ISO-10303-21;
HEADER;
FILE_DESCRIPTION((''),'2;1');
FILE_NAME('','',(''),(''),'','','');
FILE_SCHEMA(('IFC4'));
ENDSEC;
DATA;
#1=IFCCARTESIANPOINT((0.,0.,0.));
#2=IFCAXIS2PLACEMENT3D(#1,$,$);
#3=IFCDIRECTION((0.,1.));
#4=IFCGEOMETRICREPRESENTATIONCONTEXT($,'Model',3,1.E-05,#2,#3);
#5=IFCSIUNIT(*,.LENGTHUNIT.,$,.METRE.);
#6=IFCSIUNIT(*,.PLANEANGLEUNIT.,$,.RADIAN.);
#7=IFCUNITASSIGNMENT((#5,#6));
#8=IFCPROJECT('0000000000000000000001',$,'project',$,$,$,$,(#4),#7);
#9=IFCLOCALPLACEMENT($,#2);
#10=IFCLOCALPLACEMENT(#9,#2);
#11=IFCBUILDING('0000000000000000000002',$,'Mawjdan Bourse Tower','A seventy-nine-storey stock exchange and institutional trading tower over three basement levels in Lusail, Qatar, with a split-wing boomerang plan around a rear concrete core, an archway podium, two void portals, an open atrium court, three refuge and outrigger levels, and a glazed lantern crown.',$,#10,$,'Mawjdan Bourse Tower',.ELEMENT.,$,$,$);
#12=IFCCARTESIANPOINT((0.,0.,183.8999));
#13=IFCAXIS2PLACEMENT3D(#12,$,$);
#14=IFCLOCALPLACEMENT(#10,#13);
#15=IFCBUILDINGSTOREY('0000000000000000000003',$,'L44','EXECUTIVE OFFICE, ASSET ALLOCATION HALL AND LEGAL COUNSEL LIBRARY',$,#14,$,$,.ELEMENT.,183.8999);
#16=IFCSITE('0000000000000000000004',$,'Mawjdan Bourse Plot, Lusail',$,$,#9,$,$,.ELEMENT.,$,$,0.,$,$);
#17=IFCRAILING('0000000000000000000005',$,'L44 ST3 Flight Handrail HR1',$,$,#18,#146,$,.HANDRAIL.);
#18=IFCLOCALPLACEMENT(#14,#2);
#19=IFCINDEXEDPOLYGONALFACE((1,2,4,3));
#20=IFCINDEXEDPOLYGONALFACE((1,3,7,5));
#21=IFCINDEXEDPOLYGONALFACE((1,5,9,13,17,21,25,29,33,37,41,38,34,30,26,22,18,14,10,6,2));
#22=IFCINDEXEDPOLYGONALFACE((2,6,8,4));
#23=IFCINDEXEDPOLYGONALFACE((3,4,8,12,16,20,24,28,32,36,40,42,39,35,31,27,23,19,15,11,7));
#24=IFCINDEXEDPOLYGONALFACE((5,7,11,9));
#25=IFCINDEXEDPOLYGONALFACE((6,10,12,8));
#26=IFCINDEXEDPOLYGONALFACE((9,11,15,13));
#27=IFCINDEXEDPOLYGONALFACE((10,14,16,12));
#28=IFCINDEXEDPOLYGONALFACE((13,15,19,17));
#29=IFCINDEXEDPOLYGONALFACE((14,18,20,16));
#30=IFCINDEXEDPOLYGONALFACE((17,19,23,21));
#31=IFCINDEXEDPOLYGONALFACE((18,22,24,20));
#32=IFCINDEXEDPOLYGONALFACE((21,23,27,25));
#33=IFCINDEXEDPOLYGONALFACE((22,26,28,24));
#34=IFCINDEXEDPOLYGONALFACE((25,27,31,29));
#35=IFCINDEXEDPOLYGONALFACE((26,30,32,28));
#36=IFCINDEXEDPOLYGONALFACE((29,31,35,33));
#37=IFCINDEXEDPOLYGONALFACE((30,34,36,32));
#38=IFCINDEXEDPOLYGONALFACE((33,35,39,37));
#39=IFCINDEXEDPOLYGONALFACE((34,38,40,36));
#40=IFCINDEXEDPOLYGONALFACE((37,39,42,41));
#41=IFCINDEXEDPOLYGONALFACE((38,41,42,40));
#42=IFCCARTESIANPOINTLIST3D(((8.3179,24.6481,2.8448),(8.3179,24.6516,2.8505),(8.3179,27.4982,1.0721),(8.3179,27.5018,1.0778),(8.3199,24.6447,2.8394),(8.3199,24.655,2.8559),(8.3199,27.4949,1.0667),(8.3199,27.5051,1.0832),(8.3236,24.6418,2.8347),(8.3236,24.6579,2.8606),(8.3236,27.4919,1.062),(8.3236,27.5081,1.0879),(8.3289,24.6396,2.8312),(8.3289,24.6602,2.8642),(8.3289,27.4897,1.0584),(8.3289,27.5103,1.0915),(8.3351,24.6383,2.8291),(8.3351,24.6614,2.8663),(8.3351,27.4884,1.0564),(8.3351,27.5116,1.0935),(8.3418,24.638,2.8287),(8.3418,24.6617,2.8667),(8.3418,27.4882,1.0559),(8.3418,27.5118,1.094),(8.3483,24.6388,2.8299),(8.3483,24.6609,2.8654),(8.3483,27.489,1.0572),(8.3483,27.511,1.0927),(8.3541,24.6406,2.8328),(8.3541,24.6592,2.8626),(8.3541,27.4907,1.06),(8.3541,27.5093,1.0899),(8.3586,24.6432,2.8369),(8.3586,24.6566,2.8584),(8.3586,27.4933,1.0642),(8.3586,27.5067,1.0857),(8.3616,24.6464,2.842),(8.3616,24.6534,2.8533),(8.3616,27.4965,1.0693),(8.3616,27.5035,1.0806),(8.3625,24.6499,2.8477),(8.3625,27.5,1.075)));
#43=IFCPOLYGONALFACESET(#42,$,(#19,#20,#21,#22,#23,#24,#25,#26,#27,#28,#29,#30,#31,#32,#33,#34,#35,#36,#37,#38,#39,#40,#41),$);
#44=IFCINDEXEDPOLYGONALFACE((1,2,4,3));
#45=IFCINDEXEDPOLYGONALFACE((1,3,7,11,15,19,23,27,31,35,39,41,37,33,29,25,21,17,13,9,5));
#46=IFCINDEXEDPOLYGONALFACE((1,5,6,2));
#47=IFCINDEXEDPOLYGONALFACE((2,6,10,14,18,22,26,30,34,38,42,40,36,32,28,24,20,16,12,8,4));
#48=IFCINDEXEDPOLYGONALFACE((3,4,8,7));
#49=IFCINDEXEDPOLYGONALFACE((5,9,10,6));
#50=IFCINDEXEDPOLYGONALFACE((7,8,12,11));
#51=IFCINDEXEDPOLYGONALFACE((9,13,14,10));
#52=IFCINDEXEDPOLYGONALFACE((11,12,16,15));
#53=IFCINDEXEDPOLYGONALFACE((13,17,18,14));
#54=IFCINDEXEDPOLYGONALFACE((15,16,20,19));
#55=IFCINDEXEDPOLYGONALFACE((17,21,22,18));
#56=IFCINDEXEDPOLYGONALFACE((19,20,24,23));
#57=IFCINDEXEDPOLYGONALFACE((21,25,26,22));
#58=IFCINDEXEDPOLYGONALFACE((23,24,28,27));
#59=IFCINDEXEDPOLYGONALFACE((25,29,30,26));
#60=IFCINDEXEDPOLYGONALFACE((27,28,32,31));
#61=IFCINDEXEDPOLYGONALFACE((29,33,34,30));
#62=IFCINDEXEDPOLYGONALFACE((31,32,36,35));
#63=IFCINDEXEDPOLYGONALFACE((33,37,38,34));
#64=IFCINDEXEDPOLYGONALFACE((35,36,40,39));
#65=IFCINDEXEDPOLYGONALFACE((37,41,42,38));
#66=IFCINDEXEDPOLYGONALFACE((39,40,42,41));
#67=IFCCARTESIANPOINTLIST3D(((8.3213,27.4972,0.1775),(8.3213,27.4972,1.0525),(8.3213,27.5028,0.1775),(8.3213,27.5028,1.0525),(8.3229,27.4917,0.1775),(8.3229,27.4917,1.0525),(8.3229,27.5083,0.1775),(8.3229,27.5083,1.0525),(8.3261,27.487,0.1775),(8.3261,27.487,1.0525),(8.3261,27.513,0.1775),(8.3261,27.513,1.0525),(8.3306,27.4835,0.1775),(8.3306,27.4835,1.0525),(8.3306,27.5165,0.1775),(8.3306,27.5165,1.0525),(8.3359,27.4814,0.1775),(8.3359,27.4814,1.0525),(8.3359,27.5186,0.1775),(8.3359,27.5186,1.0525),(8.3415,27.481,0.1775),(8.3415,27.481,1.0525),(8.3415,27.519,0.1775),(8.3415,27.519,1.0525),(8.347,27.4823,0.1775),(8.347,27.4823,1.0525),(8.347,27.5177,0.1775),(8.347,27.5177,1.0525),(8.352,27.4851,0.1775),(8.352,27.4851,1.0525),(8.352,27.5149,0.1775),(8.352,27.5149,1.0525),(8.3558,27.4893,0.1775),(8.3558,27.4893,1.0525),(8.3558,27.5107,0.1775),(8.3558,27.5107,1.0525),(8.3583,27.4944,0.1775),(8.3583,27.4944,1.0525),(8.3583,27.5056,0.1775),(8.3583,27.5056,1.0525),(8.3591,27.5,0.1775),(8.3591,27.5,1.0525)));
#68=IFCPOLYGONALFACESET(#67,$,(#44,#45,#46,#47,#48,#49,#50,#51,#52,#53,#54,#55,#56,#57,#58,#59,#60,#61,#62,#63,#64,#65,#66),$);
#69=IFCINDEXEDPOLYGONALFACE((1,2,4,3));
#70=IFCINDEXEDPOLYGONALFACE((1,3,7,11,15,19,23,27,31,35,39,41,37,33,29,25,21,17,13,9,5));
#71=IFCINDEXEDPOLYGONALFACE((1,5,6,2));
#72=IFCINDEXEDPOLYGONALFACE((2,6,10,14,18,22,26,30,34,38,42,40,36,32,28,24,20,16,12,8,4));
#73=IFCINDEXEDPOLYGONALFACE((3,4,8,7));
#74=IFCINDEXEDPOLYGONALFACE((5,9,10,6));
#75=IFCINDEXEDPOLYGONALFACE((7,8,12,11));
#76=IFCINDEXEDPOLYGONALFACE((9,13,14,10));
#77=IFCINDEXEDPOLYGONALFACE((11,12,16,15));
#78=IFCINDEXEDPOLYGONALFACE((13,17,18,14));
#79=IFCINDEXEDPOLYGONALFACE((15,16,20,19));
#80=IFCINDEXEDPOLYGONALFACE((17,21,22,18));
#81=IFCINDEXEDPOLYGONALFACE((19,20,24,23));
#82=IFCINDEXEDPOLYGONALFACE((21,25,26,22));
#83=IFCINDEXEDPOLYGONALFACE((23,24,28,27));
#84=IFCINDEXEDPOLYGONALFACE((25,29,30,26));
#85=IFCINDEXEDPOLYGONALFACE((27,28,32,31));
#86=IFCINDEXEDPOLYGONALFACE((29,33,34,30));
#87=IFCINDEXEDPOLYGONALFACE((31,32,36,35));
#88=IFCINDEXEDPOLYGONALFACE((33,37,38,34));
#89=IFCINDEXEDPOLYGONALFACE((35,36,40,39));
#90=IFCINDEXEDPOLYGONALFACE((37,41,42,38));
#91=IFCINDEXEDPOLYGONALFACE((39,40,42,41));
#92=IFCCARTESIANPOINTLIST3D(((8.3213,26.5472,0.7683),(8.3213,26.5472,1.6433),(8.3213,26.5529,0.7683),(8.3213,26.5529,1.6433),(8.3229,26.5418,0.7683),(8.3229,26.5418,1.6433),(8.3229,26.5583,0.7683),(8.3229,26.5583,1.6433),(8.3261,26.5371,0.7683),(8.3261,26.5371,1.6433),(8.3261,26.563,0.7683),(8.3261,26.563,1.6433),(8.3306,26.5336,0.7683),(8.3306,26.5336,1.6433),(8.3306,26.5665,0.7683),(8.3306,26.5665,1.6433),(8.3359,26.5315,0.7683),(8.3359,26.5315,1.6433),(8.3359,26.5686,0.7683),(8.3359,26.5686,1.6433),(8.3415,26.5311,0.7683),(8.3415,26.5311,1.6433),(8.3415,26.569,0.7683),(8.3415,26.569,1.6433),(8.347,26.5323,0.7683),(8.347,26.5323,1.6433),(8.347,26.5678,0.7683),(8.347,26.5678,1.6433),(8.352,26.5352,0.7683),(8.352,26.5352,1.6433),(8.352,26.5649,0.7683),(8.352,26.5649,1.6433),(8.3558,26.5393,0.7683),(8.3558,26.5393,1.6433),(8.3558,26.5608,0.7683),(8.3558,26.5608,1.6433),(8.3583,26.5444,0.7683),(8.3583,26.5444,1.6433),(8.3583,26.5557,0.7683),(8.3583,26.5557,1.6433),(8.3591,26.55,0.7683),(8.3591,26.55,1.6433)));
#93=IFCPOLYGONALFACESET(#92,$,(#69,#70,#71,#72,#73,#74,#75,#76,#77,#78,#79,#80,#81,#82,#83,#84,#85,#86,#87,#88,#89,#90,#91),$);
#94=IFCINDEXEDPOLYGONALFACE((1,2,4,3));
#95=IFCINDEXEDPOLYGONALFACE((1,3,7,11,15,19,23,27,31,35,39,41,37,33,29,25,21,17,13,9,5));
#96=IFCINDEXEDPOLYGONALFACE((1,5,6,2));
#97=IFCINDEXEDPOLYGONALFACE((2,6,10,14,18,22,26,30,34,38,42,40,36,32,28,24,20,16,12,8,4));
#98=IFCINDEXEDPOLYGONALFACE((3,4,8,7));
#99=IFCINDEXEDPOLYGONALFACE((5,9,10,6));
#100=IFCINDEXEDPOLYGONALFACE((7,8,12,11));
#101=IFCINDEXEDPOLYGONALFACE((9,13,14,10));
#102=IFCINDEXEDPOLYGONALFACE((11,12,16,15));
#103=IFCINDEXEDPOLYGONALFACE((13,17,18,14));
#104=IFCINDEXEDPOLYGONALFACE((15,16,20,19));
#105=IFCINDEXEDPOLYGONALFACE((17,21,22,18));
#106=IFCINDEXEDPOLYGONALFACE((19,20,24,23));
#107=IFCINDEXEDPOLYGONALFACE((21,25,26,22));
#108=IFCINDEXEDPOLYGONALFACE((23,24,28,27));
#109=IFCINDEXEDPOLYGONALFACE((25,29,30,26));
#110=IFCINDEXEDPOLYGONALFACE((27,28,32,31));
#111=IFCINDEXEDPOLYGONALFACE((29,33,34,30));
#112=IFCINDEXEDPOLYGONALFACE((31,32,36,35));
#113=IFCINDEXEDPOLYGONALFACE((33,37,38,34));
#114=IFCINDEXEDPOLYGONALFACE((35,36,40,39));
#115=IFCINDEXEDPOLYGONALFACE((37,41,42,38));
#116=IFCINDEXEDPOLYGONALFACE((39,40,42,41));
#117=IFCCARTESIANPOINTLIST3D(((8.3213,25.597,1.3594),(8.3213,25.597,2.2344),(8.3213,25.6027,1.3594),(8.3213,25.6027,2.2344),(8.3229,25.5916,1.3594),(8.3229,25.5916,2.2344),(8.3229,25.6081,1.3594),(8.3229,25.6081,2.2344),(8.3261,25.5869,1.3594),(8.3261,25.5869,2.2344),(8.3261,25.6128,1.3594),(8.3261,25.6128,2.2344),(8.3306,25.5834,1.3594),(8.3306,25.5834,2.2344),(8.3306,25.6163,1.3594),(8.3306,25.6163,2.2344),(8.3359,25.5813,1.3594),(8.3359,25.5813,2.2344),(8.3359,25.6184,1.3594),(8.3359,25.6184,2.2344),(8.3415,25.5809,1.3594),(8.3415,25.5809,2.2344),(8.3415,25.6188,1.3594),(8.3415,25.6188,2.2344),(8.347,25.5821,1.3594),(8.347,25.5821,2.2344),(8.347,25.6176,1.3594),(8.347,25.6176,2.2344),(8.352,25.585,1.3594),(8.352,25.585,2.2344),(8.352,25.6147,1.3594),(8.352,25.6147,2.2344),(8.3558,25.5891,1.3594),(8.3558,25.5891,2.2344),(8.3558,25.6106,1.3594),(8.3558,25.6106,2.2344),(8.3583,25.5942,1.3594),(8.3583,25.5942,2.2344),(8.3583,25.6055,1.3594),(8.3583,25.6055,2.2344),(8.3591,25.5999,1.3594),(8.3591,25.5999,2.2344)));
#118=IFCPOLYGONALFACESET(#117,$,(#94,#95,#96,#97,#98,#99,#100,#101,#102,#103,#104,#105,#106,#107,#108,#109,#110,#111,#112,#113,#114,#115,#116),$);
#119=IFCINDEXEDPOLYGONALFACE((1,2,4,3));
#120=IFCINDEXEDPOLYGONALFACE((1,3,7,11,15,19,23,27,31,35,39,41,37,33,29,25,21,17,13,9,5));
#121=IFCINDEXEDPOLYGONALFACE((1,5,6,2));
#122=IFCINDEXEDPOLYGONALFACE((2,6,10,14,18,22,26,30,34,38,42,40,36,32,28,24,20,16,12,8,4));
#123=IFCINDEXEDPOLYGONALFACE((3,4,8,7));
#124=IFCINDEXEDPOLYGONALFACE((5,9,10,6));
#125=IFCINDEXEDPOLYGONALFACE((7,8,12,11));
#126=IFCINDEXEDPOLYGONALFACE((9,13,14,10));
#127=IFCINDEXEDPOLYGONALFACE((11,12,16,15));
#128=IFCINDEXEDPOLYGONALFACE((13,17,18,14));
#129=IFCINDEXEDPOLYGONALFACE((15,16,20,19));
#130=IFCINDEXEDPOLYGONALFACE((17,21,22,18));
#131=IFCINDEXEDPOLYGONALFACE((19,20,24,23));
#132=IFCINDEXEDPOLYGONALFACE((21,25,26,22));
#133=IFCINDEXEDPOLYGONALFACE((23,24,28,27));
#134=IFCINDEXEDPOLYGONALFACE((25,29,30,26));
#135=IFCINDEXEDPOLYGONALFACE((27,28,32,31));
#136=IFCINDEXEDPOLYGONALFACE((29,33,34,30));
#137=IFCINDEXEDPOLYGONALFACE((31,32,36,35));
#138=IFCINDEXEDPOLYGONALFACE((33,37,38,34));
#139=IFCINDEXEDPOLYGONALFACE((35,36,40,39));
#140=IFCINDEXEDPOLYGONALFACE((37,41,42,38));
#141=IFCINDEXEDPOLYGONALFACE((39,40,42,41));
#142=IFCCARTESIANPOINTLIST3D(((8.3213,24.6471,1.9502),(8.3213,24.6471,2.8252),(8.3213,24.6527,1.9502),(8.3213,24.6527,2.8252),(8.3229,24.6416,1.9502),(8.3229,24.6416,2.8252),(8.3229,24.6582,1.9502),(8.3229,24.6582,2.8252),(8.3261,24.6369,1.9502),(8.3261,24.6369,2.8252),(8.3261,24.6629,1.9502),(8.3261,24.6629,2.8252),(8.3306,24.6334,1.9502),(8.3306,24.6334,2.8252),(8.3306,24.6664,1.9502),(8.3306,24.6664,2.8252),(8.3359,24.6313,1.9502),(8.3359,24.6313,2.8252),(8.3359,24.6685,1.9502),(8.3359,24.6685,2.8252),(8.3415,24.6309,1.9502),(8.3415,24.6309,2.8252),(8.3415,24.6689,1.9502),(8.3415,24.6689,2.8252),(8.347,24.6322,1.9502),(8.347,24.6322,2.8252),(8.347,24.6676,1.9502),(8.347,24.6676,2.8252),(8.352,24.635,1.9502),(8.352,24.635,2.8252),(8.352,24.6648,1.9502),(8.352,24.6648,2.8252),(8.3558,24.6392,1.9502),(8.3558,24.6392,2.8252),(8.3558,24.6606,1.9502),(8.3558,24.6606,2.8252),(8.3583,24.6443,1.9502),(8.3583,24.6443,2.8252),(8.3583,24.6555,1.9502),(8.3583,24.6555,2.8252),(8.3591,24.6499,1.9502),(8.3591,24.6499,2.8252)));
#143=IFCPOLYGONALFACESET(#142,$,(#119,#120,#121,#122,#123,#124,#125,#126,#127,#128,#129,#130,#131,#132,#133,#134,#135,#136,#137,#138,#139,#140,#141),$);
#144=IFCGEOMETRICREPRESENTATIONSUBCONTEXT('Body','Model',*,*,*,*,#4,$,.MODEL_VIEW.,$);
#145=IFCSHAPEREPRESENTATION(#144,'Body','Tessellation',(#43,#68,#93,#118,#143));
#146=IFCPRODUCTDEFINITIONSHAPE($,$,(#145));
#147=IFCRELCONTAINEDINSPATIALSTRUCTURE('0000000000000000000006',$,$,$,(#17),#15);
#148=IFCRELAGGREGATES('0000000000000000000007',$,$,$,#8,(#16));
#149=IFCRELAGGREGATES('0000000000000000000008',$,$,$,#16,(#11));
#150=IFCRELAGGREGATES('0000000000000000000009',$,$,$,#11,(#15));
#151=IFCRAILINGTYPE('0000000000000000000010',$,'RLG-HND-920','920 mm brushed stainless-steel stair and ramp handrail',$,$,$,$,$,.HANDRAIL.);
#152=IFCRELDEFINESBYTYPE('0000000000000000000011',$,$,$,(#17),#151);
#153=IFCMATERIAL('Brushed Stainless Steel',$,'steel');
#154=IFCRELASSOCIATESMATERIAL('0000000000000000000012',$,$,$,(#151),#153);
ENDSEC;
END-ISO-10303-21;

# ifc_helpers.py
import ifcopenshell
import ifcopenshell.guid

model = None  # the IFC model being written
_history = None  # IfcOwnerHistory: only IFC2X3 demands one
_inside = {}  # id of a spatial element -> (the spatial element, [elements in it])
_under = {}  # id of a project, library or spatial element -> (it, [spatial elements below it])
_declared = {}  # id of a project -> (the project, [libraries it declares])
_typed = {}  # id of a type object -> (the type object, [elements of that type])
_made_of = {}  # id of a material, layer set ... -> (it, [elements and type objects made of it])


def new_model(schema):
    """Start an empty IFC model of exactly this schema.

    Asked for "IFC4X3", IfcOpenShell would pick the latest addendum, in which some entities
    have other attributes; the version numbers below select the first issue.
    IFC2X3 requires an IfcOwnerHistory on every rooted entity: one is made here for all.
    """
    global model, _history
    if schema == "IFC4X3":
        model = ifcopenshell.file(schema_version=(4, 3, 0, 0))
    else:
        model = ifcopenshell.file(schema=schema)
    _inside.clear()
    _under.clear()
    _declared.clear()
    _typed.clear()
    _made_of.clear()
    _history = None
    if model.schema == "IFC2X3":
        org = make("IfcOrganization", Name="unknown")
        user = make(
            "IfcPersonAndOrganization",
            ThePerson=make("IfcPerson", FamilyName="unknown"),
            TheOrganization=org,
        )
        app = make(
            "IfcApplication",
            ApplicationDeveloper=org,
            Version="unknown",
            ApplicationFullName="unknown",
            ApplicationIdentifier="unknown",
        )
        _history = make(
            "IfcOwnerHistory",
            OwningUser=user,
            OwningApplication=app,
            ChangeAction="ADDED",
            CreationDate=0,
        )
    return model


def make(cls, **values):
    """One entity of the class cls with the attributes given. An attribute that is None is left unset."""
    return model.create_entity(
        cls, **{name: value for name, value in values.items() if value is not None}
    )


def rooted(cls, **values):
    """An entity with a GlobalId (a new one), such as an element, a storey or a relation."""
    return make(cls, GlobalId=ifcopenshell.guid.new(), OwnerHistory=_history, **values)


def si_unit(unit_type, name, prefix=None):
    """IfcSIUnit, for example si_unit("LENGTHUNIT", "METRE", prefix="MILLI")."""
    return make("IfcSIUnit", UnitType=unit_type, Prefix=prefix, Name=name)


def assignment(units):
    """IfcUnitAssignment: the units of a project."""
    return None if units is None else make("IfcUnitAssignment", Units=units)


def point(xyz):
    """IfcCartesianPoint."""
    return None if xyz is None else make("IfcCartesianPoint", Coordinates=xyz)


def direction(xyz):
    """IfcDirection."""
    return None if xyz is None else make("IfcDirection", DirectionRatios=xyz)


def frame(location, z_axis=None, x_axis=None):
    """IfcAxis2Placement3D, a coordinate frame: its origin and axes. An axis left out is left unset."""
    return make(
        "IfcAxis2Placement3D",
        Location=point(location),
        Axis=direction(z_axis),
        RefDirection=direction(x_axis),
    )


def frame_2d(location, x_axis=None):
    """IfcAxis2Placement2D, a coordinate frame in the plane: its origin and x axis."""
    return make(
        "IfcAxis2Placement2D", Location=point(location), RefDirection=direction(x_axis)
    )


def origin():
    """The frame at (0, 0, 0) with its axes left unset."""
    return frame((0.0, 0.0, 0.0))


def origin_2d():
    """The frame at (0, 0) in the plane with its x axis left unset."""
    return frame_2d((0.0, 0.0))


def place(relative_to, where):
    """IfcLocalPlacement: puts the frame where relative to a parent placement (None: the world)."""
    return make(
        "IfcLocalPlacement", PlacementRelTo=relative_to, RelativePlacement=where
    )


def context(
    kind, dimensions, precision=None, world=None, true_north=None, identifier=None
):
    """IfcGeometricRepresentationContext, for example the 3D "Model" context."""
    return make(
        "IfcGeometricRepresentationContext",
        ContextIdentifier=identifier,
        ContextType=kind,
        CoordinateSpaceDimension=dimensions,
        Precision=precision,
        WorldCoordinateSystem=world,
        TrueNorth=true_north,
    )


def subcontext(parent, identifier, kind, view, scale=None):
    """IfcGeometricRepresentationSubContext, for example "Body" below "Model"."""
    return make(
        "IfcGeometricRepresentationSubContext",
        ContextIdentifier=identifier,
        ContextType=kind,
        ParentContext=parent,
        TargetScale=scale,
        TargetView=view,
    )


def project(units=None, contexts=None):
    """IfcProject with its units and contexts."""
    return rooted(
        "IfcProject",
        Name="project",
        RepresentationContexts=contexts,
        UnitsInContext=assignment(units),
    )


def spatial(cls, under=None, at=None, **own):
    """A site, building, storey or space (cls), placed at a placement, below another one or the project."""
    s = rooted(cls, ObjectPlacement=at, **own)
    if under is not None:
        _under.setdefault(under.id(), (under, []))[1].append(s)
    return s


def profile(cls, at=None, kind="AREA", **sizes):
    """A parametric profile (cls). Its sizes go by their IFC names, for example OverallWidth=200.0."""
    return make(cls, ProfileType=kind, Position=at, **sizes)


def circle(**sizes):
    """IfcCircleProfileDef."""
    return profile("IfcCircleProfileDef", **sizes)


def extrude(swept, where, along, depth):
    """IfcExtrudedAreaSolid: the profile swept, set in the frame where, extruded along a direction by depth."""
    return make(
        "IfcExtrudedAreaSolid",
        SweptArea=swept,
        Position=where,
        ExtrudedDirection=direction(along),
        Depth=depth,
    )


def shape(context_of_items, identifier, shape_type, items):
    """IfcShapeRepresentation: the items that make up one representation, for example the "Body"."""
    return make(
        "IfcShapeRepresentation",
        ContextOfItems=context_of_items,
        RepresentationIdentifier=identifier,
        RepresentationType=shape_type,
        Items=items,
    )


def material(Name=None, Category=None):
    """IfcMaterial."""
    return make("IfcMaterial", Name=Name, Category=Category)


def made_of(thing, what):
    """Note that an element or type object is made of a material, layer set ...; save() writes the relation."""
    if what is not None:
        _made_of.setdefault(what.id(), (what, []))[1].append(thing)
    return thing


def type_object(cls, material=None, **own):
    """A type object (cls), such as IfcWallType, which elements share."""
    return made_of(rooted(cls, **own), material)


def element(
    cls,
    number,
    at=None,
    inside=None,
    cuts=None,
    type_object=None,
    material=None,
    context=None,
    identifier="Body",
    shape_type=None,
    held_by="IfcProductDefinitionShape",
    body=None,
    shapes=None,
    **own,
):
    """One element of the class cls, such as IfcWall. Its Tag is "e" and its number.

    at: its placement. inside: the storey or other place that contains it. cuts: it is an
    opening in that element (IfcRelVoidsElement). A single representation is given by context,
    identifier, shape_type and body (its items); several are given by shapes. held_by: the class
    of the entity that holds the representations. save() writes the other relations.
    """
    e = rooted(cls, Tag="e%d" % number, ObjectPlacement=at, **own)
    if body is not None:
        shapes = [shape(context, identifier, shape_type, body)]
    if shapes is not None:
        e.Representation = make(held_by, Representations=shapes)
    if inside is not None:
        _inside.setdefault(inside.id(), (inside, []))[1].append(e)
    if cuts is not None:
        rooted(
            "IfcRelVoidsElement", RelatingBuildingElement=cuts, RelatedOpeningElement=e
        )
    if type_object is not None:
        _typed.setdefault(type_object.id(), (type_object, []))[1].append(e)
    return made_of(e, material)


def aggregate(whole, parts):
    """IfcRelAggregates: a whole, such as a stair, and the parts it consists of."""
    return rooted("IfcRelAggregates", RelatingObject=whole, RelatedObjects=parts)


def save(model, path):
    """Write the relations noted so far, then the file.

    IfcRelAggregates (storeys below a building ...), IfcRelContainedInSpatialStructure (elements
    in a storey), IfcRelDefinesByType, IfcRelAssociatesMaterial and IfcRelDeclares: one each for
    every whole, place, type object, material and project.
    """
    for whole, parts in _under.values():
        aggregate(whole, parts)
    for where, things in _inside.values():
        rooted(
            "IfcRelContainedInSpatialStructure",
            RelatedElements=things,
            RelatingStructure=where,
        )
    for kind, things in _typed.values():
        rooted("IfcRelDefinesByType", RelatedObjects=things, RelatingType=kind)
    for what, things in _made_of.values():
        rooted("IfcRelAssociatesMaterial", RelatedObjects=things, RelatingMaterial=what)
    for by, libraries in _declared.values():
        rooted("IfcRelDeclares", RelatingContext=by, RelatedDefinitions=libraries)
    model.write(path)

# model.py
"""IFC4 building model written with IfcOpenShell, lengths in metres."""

from ifc_helpers import new_model, si_unit, direction, frame, origin, origin_2d, place, context, subcontext, project, spatial, circle, extrude, material, type_object, element, save


model = new_model("IFC4")

# Units and contexts
model_context = context("Model", 3, precision=1e-05, world=origin(), true_north=direction((0.0, 1.0)))
body_context = subcontext(model_context, "Body", "Model", "MODEL_VIEW")
ifc_project = project(units=[si_unit("LENGTHUNIT", "METRE"), si_unit("PLANEANGLEUNIT", "RADIAN")], contexts=[model_context])

# Site, building, storey
site_placement = place(None, origin())
site = spatial("IfcSite", under=ifc_project, at=site_placement, Name="Mawjdan Bourse Plot, Lusail", CompositionType="ELEMENT", RefElevation=0.0)
building_placement = place(site_placement, origin())
building = spatial("IfcBuilding", under=site, at=building_placement, Name="Mawjdan Bourse Tower", Description="A seventy-nine-storey stock exchange and institutional trading tower over three basement levels in Lusail, Qatar, with a split-wing boomerang plan around a rear concrete core, an archway podium, two void portals, an open atrium court, three refuge and outrigger levels, and a glazed lantern crown.", LongName="Mawjdan Bourse Tower", CompositionType="ELEMENT")
storey_placement = place(building_placement, frame((0.0, 0.0, 183.8999)))
storey = spatial("IfcBuildingStorey", under=building, at=storey_placement, Name="L44", Description="EXECUTIVE OFFICE, ASSET ALLOCATION HALL AND LEGAL COUNSEL LIBRARY", CompositionType="ELEMENT", Elevation=183.8999)

# Railing
ifc_material_1 = material(Name="Brushed Stainless Steel", Category="steel")
railing_type_1 = type_object("IfcRailingType", Name="RLG-HND-920", Description="920 mm brushed stainless-steel stair and ramp handrail", PredefinedType="HANDRAIL", material=ifc_material_1)
railing_1_placement = place(storey_placement, frame((8.3401, 27.5, 0.1775)))
element("IfcRailing", 1, at=railing_1_placement, inside=storey, type_object=railing_type_1, Name="L44 ST3 Flight Handrail HR1", PredefinedType="HANDRAIL", context=body_context, shape_type="SweptSolid", body=[
    extrude(circle(Radius=0.0225, at=origin_2d()), frame((0.0, 0.0, 0.8975), z_axis=(0.0, -0.849149, 0.528154), x_axis=(1.0, 0.0, 0.0)), (0.0, 0.0, 1.0), 3.3564),
    extrude(circle(Radius=0.019, at=origin_2d()), origin(), (0.0, 0.0, 1.0), 0.875),
    extrude(circle(Radius=0.019, at=origin_2d()), frame((0.0, -0.95, 0.5908)), (0.0, 0.0, 1.0), 0.875),
    extrude(circle(Radius=0.019, at=origin_2d()), frame((0.0, -1.9001, 1.1819)), (0.0, 0.0, 1.0), 0.875),
    extrude(circle(Radius=0.019, at=origin_2d()), frame((0.0, -2.8501, 1.7727)), (0.0, 0.0, 1.0), 0.875),
])

save(model, "model.ifc")
